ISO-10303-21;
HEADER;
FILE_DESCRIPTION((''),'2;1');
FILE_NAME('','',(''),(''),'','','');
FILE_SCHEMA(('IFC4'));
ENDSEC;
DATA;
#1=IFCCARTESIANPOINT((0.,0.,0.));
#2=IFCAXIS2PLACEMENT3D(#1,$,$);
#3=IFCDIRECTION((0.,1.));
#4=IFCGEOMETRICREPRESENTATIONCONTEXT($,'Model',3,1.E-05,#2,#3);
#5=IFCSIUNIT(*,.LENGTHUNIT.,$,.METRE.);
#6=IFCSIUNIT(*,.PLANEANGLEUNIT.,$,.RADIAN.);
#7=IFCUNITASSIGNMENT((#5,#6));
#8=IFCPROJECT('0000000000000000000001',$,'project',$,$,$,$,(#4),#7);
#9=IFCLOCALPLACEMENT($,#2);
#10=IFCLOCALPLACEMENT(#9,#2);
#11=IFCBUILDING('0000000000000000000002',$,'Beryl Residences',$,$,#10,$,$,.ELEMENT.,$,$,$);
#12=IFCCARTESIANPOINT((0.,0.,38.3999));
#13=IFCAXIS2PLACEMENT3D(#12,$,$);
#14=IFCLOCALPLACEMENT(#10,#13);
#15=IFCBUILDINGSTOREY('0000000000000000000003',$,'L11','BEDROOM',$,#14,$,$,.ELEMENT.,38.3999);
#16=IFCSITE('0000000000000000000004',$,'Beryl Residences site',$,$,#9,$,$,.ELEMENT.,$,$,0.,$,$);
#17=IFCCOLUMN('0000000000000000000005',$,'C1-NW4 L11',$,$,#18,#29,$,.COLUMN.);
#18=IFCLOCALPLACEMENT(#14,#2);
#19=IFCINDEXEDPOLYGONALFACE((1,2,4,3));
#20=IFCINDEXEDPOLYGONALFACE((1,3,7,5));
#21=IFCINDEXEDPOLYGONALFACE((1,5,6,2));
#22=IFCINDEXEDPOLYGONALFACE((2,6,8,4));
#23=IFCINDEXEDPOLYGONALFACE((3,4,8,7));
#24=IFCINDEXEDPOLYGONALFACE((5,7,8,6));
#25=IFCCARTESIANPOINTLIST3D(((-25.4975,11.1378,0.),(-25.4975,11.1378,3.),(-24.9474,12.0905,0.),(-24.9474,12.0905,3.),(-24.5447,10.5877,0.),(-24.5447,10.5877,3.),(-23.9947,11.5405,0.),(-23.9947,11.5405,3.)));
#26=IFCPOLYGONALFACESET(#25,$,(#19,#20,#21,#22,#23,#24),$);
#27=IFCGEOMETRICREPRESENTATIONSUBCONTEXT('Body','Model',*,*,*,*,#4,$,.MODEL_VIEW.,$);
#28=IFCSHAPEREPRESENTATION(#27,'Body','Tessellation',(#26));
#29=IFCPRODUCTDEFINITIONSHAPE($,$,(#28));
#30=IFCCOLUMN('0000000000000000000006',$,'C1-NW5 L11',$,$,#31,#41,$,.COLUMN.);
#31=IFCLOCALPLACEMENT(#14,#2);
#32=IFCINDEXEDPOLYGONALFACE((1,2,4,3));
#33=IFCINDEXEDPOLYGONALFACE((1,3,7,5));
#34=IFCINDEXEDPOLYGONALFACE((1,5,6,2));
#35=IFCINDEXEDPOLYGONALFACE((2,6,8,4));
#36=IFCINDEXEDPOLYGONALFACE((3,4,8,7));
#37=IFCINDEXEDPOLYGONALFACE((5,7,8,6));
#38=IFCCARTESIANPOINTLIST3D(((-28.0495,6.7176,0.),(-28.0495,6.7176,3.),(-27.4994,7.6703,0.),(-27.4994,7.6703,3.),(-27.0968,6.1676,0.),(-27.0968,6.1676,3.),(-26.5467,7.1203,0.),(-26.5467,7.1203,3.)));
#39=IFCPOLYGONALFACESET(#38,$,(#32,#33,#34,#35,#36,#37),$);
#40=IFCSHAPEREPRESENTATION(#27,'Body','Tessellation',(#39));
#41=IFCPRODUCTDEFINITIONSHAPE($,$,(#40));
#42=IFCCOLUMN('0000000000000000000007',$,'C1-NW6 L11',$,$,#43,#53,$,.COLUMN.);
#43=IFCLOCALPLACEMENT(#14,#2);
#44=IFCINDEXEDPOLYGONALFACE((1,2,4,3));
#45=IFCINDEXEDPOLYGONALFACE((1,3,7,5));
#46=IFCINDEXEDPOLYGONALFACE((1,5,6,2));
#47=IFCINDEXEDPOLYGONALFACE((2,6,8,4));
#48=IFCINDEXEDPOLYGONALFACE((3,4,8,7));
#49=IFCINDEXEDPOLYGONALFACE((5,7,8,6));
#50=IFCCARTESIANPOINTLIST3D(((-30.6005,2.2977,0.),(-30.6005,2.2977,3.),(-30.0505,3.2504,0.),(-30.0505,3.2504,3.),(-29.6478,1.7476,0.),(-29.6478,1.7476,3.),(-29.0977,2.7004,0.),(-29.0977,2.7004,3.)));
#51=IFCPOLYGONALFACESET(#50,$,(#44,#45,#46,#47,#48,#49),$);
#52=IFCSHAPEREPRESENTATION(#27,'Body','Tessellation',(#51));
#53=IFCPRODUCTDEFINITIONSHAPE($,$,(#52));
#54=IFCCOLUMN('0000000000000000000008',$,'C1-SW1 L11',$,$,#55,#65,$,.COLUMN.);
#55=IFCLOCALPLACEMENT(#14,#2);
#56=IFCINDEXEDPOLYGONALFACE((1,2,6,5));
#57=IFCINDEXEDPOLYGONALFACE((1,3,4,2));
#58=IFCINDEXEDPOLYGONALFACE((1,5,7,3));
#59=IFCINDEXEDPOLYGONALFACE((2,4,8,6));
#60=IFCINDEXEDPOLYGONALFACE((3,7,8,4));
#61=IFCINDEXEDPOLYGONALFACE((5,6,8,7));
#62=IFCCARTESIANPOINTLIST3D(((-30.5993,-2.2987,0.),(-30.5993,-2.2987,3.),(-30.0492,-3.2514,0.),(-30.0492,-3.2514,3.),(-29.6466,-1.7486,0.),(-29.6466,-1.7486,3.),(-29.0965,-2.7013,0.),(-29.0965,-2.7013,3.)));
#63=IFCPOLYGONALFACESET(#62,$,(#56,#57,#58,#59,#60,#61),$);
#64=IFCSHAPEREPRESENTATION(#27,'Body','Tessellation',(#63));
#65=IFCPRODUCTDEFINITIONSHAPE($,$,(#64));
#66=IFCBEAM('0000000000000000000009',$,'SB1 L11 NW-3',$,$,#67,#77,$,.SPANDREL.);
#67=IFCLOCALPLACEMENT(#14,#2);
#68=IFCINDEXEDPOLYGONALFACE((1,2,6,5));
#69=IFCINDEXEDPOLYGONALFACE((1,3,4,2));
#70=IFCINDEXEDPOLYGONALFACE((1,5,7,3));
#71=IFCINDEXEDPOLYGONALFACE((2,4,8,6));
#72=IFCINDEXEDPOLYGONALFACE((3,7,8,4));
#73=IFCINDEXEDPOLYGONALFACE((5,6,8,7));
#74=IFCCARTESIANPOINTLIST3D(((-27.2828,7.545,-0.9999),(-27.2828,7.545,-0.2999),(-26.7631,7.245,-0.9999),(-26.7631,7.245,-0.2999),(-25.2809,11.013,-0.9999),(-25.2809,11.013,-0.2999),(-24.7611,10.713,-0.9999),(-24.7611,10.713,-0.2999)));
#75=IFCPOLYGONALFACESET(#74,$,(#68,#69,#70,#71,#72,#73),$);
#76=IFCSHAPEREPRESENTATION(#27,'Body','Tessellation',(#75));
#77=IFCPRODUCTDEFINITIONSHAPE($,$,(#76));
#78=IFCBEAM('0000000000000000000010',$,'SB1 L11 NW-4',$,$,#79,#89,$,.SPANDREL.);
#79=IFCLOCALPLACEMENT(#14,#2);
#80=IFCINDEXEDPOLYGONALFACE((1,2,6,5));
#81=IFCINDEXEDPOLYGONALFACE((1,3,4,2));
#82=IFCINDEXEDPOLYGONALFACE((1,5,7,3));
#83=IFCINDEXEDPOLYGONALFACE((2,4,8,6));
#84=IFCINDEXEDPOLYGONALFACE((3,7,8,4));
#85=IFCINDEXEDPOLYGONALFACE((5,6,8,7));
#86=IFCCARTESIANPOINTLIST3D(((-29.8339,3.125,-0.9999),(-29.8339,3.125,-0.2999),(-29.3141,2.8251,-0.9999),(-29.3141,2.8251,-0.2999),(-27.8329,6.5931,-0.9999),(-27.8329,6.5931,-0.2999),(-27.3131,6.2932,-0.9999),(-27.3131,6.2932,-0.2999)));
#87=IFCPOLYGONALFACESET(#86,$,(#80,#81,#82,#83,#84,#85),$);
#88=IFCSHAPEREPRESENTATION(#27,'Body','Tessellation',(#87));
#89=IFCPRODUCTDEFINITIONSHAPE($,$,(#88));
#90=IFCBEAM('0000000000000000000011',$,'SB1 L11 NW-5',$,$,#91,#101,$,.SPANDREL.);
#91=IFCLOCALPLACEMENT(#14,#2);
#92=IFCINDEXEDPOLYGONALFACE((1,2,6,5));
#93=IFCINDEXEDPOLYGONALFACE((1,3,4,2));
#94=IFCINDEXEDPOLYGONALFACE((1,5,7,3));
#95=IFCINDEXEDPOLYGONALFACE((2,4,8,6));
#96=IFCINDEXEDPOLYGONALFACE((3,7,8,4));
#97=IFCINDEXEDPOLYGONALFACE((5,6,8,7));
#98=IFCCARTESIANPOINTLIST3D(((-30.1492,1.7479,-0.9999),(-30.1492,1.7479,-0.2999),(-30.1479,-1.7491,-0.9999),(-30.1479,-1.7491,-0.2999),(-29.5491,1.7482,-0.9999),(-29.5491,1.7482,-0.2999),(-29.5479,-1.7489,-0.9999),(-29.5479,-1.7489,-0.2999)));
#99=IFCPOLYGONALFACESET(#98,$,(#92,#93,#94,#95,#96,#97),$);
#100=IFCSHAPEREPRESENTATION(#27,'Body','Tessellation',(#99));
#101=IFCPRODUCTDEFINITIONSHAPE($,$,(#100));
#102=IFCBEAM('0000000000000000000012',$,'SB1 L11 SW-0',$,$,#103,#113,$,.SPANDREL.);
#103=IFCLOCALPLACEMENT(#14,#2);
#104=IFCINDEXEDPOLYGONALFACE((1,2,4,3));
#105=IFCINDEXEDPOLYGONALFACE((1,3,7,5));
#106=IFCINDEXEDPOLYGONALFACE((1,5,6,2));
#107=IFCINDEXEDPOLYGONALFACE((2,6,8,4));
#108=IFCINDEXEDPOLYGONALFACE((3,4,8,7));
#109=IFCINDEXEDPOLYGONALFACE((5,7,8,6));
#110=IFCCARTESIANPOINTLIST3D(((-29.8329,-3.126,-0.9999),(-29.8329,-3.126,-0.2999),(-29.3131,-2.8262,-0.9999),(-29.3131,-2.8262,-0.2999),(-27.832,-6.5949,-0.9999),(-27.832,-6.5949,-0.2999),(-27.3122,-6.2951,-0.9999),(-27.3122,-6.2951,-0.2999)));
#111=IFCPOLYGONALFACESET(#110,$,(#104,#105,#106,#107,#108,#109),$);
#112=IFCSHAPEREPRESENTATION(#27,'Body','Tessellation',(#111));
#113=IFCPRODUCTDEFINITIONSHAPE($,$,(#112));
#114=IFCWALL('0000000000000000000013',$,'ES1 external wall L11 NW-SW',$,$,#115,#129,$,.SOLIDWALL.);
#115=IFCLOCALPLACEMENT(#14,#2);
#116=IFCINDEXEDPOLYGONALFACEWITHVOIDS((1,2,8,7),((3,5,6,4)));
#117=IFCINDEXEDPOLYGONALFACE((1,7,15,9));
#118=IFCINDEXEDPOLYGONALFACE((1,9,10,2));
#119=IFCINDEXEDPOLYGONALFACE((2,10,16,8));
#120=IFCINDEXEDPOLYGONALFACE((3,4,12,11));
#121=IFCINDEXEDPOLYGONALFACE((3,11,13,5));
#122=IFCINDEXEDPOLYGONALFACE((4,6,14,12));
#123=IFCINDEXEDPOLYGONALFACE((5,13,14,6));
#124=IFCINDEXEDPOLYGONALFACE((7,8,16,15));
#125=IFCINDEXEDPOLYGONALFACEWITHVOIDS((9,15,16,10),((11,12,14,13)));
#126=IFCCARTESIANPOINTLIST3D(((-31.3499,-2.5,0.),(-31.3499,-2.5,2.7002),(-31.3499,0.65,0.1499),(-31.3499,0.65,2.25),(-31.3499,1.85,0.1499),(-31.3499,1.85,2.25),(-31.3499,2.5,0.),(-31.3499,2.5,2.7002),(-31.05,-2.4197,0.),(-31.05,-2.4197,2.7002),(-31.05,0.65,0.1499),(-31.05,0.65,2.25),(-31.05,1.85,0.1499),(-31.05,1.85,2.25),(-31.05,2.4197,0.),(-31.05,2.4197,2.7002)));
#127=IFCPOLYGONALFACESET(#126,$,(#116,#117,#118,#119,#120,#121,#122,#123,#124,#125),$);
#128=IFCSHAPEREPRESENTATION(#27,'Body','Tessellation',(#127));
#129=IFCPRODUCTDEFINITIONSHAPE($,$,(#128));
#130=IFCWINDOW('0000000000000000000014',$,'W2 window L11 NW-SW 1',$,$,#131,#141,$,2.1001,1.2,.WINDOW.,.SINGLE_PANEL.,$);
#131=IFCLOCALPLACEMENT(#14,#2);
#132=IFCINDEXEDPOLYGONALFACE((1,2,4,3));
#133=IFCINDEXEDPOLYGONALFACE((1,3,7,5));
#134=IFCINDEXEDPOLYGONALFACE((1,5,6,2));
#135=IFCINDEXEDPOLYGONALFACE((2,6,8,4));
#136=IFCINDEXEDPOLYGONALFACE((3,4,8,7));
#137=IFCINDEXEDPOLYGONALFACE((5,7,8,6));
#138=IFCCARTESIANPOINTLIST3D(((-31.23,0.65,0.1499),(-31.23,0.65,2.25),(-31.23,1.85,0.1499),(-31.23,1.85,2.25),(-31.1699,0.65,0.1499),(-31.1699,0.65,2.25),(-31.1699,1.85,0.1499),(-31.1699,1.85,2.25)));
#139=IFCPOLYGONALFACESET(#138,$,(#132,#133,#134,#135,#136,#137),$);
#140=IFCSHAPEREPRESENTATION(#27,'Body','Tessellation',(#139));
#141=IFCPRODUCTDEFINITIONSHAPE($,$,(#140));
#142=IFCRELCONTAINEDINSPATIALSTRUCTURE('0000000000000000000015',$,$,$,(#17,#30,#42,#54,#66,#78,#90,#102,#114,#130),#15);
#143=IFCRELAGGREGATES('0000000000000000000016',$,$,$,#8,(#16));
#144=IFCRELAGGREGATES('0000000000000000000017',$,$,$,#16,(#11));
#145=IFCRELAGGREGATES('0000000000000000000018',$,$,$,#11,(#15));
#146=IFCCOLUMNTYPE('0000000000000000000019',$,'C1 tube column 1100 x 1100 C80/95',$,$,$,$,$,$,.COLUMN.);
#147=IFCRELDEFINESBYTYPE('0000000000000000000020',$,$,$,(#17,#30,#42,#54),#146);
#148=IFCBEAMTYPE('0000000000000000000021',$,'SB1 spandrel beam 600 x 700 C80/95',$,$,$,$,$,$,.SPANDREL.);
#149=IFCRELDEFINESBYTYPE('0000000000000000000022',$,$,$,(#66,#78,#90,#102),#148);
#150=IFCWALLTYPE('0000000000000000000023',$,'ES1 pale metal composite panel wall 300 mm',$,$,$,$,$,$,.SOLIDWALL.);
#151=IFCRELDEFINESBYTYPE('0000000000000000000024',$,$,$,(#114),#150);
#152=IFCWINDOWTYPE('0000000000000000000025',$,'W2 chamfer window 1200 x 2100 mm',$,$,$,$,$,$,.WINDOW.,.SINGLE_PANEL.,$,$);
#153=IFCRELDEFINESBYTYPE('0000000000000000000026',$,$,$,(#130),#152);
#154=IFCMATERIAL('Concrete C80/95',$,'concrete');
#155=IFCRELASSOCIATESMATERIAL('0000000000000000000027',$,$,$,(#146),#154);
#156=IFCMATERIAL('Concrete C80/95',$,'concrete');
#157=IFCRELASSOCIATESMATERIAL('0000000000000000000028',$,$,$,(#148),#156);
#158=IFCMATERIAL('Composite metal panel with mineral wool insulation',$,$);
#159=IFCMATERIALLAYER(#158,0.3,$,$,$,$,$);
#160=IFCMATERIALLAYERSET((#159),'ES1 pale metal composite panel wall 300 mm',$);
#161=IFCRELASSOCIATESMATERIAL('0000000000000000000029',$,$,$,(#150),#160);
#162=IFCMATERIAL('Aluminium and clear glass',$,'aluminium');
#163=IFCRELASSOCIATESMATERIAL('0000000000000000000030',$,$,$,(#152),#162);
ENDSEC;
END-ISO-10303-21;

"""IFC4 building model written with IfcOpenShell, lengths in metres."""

from ifc_helpers import new_model, si_unit, direction, frame, frame_2d, origin, origin_2d, place, context, subcontext, project, spatial, polyline, rectangle, outline, extrude, material, layer, layer_set, material_profile, profile_set, type_object, element, fill, save


model = new_model("IFC4")

# Units and contexts
model_context = context("Model", 3, precision=1e-05, world=origin(), true_north=direction((0.0, 1.0)))
body_context = subcontext(model_context, "Body", "Model", "MODEL_VIEW")
ifc_project = project(units=[si_unit("LENGTHUNIT", "METRE"), si_unit("PLANEANGLEUNIT", "RADIAN")], contexts=[model_context])

# Site, building, storey
site_placement = place(None, origin())
site = spatial("IfcSite", under=ifc_project, at=site_placement, Name="Beryl Residences site", CompositionType="ELEMENT", RefElevation=0.0)
building_placement = place(site_placement, origin())
building = spatial("IfcBuilding", under=site, at=building_placement, Name="Beryl Residences", CompositionType="ELEMENT")
storey_placement = place(building_placement, frame((0.0, 0.0, 38.3999)))
storey = spatial("IfcBuildingStorey", under=building, at=storey_placement, Name="L11", Description="BEDROOM", CompositionType="ELEMENT", Elevation=38.3999)

# Columns
ifc_material_1 = material(Name="Concrete C80/95", Category="concrete")
ifc_material_profile_1 = material_profile(ifc_material_1, rectangle(XDim=1.1001, YDim=1.1001, at=origin_2d()))
ifc_profile_set_1 = profile_set([ifc_material_profile_1], Name="Concrete C80/95")
column_type = type_object("IfcColumnType", Name="C1 tube column 1100 x 1100 C80/95", PredefinedType="COLUMN", material=ifc_profile_set_1)
for number, where, z_axis, x_axis, name in (
    (1, (-24.7461, 11.3391, 0.0), (0.0, 0.0, 1.0), (-0.499985, -0.866034, 0.0), "C1-NW4 L11"),
    (2, (-27.2981, 6.9189, 0.0), (0.0, 0.0, 1.0), (-0.499985, -0.866034, 0.0), "C1-NW5 L11"),
    (3, (-29.8491, 2.499, 0.0), (0.0, 0.0, 1.0), (-0.499985, -0.866034, 0.0), "C1-NW6 L11"),
    (4, (-29.8479, -2.5, 0.0), (0.0, 0.0, 1.0), (0.499985, -0.866034, 0.0), "C1-SW1 L11"),
):
    element("IfcColumn", number, at=place(storey_placement, frame(where, z_axis=z_axis, x_axis=x_axis)), inside=storey, type_object=column_type, Name=name, PredefinedType="COLUMN", context=body_context, shape_type="SweptSolid", body=[
        extrude(rectangle(XDim=1.1001, YDim=1.1001, at=origin_2d()), origin(), (0.0, 0.0, 1.0), 3.0),
    ])

# Beams
ifc_material_2 = material(Name="Concrete C80/95", Category="concrete")
ifc_material_profile_2 = material_profile(ifc_material_2, rectangle(XDim=0.6001, YDim=0.7, at=origin_2d()))
ifc_profile_set_2 = profile_set([ifc_material_profile_2], Name="Concrete C80/95")
beam_type = type_object("IfcBeamType", Name="SB1 spandrel beam 600 x 700 C80/95", PredefinedType="SPANDREL", material=ifc_profile_set_2)
beam_1_placement = place(storey_placement, frame((-25.021, 10.863, -0.6499), z_axis=(-0.499942, -0.866059, 0.0), x_axis=(0.866059, -0.499942, 0.0)))
element("IfcBeam", 5, at=beam_1_placement, inside=storey, type_object=beam_type, Name="SB1 L11 NW-3", PredefinedType="SPANDREL", context=body_context, shape_type="SweptSolid", body=[
    extrude(rectangle(XDim=0.6001, YDim=0.7, at=origin_2d()), origin(), (0.0, 0.0, 1.0), 4.0044),
])
beam_2_placement = place(storey_placement, frame((-27.573, 6.4431, -0.6499), z_axis=(-0.499759, -0.866164, 0.0), x_axis=(0.866164, -0.499759, 0.0)))
element("IfcBeam", 6, at=beam_2_placement, inside=storey, type_object=beam_type, Name="SB1 L11 NW-4", PredefinedType="SPANDREL", context=body_context, shape_type="SweptSolid", body=[
    extrude(rectangle(XDim=0.6001, YDim=0.7, at=origin_2d()), origin(), (0.0, 0.0, 1.0), 4.0039),
])
beam_3_placement = place(storey_placement, frame((-29.8491, 1.748, -0.6499), z_axis=(0.000349, -1.0, 0.0), x_axis=(1.0, 0.000349, 0.0)))
element("IfcBeam", 7, at=beam_3_placement, inside=storey, type_object=beam_type, Name="SB1 L11 NW-5", PredefinedType="SPANDREL", context=body_context, shape_type="SweptSolid", body=[
    extrude(rectangle(XDim=0.6001, YDim=0.7, at=origin_2d()), origin(), (0.0, 0.0, 1.0), 3.4971),
])
beam_4_placement = place(storey_placement, frame((-29.573, -2.9761, -0.6499), z_axis=(0.499654, -0.866225, 0.0), x_axis=(0.866225, 0.499654, 0.0)))
element("IfcBeam", 8, at=beam_4_placement, inside=storey, type_object=beam_type, Name="SB1 L11 SW-0", PredefinedType="SPANDREL", context=body_context, shape_type="SweptSolid", body=[
    extrude(rectangle(XDim=0.6001, YDim=0.7, at=origin_2d()), origin(), (0.0, 0.0, 1.0), 4.0046),
])

# Wall, opening, window
ifc_material_3 = material(Name="Composite metal panel with mineral wool insulation")
ifc_layer_1 = layer(ifc_material_3, 0.3)
ifc_layer_set_1 = layer_set([ifc_layer_1], Name="ES1 pale metal composite panel wall 300 mm")
wall_type_1 = type_object("IfcWallType", Name="ES1 pale metal composite panel wall 300 mm", PredefinedType="SOLIDWALL", material=ifc_layer_set_1)
wall_1_placement = place(storey_placement, frame((-31.2, 2.5, 0.0), z_axis=(0.0, 0.0, 1.0), x_axis=(0.0, -1.0, 0.0)))
wall_1 = element("IfcWall", 9, at=wall_1_placement, inside=storey, type_object=wall_type_1, Name="ES1 external wall L11 NW-SW", PredefinedType="SOLIDWALL", context=body_context, shape_type="SweptSolid", body=[
    extrude(outline(polyline([(0.0, -0.1499), (5.0, -0.1499), (4.9197, 0.1499), (0.0803, 0.1499), (0.0, -0.1499)])), origin(), (0.0, 0.0, 1.0), 2.7002),
])
opening_1_placement = place(wall_1_placement, frame((0.6499, 0.0, 0.1499)))
opening_1 = element("IfcOpeningElement", 10, at=opening_1_placement, cuts=wall_1, PredefinedType="OPENING", context=body_context, shape_type="SweptSolid", body=[
    extrude(rectangle(XDim=1.2, YDim=2.1001, at=frame_2d((0.6001, 1.05))), frame((0.0, 0.1599, 0.0), z_axis=(0.0, -1.0, 0.0), x_axis=(1.0, 0.0, 0.0)), (0.0, 0.0, 1.0), 0.3201),
])
ifc_material_4 = material(Name="Aluminium and clear glass", Category="aluminium")
window_type_1 = type_object("IfcWindowType", Name="W2 chamfer window 1200 x 2100 mm", PartitioningType="SINGLE_PANEL", PredefinedType="WINDOW", material=ifc_material_4)
window_1_placement = place(opening_1_placement, origin())
window_1 = element("IfcWindow", 11, at=window_1_placement, inside=storey, type_object=window_type_1, Name="W2 window L11 NW-SW 1", OverallHeight=2.1001, OverallWidth=1.2, PartitioningType="SINGLE_PANEL", PredefinedType="WINDOW", context=body_context, shape_type="SweptSolid", body=[
    extrude(rectangle(XDim=1.2, YDim=2.1001, at=frame_2d((0.6001, 1.05))), frame((0.0, 0.03, 0.0), z_axis=(0.0, -1.0, 0.0), x_axis=(1.0, 0.0, 0.0)), (0.0, 0.0, 1.0), 0.0601),
])
fill(opening_1, window_1)

save(model, "model.ifc")
